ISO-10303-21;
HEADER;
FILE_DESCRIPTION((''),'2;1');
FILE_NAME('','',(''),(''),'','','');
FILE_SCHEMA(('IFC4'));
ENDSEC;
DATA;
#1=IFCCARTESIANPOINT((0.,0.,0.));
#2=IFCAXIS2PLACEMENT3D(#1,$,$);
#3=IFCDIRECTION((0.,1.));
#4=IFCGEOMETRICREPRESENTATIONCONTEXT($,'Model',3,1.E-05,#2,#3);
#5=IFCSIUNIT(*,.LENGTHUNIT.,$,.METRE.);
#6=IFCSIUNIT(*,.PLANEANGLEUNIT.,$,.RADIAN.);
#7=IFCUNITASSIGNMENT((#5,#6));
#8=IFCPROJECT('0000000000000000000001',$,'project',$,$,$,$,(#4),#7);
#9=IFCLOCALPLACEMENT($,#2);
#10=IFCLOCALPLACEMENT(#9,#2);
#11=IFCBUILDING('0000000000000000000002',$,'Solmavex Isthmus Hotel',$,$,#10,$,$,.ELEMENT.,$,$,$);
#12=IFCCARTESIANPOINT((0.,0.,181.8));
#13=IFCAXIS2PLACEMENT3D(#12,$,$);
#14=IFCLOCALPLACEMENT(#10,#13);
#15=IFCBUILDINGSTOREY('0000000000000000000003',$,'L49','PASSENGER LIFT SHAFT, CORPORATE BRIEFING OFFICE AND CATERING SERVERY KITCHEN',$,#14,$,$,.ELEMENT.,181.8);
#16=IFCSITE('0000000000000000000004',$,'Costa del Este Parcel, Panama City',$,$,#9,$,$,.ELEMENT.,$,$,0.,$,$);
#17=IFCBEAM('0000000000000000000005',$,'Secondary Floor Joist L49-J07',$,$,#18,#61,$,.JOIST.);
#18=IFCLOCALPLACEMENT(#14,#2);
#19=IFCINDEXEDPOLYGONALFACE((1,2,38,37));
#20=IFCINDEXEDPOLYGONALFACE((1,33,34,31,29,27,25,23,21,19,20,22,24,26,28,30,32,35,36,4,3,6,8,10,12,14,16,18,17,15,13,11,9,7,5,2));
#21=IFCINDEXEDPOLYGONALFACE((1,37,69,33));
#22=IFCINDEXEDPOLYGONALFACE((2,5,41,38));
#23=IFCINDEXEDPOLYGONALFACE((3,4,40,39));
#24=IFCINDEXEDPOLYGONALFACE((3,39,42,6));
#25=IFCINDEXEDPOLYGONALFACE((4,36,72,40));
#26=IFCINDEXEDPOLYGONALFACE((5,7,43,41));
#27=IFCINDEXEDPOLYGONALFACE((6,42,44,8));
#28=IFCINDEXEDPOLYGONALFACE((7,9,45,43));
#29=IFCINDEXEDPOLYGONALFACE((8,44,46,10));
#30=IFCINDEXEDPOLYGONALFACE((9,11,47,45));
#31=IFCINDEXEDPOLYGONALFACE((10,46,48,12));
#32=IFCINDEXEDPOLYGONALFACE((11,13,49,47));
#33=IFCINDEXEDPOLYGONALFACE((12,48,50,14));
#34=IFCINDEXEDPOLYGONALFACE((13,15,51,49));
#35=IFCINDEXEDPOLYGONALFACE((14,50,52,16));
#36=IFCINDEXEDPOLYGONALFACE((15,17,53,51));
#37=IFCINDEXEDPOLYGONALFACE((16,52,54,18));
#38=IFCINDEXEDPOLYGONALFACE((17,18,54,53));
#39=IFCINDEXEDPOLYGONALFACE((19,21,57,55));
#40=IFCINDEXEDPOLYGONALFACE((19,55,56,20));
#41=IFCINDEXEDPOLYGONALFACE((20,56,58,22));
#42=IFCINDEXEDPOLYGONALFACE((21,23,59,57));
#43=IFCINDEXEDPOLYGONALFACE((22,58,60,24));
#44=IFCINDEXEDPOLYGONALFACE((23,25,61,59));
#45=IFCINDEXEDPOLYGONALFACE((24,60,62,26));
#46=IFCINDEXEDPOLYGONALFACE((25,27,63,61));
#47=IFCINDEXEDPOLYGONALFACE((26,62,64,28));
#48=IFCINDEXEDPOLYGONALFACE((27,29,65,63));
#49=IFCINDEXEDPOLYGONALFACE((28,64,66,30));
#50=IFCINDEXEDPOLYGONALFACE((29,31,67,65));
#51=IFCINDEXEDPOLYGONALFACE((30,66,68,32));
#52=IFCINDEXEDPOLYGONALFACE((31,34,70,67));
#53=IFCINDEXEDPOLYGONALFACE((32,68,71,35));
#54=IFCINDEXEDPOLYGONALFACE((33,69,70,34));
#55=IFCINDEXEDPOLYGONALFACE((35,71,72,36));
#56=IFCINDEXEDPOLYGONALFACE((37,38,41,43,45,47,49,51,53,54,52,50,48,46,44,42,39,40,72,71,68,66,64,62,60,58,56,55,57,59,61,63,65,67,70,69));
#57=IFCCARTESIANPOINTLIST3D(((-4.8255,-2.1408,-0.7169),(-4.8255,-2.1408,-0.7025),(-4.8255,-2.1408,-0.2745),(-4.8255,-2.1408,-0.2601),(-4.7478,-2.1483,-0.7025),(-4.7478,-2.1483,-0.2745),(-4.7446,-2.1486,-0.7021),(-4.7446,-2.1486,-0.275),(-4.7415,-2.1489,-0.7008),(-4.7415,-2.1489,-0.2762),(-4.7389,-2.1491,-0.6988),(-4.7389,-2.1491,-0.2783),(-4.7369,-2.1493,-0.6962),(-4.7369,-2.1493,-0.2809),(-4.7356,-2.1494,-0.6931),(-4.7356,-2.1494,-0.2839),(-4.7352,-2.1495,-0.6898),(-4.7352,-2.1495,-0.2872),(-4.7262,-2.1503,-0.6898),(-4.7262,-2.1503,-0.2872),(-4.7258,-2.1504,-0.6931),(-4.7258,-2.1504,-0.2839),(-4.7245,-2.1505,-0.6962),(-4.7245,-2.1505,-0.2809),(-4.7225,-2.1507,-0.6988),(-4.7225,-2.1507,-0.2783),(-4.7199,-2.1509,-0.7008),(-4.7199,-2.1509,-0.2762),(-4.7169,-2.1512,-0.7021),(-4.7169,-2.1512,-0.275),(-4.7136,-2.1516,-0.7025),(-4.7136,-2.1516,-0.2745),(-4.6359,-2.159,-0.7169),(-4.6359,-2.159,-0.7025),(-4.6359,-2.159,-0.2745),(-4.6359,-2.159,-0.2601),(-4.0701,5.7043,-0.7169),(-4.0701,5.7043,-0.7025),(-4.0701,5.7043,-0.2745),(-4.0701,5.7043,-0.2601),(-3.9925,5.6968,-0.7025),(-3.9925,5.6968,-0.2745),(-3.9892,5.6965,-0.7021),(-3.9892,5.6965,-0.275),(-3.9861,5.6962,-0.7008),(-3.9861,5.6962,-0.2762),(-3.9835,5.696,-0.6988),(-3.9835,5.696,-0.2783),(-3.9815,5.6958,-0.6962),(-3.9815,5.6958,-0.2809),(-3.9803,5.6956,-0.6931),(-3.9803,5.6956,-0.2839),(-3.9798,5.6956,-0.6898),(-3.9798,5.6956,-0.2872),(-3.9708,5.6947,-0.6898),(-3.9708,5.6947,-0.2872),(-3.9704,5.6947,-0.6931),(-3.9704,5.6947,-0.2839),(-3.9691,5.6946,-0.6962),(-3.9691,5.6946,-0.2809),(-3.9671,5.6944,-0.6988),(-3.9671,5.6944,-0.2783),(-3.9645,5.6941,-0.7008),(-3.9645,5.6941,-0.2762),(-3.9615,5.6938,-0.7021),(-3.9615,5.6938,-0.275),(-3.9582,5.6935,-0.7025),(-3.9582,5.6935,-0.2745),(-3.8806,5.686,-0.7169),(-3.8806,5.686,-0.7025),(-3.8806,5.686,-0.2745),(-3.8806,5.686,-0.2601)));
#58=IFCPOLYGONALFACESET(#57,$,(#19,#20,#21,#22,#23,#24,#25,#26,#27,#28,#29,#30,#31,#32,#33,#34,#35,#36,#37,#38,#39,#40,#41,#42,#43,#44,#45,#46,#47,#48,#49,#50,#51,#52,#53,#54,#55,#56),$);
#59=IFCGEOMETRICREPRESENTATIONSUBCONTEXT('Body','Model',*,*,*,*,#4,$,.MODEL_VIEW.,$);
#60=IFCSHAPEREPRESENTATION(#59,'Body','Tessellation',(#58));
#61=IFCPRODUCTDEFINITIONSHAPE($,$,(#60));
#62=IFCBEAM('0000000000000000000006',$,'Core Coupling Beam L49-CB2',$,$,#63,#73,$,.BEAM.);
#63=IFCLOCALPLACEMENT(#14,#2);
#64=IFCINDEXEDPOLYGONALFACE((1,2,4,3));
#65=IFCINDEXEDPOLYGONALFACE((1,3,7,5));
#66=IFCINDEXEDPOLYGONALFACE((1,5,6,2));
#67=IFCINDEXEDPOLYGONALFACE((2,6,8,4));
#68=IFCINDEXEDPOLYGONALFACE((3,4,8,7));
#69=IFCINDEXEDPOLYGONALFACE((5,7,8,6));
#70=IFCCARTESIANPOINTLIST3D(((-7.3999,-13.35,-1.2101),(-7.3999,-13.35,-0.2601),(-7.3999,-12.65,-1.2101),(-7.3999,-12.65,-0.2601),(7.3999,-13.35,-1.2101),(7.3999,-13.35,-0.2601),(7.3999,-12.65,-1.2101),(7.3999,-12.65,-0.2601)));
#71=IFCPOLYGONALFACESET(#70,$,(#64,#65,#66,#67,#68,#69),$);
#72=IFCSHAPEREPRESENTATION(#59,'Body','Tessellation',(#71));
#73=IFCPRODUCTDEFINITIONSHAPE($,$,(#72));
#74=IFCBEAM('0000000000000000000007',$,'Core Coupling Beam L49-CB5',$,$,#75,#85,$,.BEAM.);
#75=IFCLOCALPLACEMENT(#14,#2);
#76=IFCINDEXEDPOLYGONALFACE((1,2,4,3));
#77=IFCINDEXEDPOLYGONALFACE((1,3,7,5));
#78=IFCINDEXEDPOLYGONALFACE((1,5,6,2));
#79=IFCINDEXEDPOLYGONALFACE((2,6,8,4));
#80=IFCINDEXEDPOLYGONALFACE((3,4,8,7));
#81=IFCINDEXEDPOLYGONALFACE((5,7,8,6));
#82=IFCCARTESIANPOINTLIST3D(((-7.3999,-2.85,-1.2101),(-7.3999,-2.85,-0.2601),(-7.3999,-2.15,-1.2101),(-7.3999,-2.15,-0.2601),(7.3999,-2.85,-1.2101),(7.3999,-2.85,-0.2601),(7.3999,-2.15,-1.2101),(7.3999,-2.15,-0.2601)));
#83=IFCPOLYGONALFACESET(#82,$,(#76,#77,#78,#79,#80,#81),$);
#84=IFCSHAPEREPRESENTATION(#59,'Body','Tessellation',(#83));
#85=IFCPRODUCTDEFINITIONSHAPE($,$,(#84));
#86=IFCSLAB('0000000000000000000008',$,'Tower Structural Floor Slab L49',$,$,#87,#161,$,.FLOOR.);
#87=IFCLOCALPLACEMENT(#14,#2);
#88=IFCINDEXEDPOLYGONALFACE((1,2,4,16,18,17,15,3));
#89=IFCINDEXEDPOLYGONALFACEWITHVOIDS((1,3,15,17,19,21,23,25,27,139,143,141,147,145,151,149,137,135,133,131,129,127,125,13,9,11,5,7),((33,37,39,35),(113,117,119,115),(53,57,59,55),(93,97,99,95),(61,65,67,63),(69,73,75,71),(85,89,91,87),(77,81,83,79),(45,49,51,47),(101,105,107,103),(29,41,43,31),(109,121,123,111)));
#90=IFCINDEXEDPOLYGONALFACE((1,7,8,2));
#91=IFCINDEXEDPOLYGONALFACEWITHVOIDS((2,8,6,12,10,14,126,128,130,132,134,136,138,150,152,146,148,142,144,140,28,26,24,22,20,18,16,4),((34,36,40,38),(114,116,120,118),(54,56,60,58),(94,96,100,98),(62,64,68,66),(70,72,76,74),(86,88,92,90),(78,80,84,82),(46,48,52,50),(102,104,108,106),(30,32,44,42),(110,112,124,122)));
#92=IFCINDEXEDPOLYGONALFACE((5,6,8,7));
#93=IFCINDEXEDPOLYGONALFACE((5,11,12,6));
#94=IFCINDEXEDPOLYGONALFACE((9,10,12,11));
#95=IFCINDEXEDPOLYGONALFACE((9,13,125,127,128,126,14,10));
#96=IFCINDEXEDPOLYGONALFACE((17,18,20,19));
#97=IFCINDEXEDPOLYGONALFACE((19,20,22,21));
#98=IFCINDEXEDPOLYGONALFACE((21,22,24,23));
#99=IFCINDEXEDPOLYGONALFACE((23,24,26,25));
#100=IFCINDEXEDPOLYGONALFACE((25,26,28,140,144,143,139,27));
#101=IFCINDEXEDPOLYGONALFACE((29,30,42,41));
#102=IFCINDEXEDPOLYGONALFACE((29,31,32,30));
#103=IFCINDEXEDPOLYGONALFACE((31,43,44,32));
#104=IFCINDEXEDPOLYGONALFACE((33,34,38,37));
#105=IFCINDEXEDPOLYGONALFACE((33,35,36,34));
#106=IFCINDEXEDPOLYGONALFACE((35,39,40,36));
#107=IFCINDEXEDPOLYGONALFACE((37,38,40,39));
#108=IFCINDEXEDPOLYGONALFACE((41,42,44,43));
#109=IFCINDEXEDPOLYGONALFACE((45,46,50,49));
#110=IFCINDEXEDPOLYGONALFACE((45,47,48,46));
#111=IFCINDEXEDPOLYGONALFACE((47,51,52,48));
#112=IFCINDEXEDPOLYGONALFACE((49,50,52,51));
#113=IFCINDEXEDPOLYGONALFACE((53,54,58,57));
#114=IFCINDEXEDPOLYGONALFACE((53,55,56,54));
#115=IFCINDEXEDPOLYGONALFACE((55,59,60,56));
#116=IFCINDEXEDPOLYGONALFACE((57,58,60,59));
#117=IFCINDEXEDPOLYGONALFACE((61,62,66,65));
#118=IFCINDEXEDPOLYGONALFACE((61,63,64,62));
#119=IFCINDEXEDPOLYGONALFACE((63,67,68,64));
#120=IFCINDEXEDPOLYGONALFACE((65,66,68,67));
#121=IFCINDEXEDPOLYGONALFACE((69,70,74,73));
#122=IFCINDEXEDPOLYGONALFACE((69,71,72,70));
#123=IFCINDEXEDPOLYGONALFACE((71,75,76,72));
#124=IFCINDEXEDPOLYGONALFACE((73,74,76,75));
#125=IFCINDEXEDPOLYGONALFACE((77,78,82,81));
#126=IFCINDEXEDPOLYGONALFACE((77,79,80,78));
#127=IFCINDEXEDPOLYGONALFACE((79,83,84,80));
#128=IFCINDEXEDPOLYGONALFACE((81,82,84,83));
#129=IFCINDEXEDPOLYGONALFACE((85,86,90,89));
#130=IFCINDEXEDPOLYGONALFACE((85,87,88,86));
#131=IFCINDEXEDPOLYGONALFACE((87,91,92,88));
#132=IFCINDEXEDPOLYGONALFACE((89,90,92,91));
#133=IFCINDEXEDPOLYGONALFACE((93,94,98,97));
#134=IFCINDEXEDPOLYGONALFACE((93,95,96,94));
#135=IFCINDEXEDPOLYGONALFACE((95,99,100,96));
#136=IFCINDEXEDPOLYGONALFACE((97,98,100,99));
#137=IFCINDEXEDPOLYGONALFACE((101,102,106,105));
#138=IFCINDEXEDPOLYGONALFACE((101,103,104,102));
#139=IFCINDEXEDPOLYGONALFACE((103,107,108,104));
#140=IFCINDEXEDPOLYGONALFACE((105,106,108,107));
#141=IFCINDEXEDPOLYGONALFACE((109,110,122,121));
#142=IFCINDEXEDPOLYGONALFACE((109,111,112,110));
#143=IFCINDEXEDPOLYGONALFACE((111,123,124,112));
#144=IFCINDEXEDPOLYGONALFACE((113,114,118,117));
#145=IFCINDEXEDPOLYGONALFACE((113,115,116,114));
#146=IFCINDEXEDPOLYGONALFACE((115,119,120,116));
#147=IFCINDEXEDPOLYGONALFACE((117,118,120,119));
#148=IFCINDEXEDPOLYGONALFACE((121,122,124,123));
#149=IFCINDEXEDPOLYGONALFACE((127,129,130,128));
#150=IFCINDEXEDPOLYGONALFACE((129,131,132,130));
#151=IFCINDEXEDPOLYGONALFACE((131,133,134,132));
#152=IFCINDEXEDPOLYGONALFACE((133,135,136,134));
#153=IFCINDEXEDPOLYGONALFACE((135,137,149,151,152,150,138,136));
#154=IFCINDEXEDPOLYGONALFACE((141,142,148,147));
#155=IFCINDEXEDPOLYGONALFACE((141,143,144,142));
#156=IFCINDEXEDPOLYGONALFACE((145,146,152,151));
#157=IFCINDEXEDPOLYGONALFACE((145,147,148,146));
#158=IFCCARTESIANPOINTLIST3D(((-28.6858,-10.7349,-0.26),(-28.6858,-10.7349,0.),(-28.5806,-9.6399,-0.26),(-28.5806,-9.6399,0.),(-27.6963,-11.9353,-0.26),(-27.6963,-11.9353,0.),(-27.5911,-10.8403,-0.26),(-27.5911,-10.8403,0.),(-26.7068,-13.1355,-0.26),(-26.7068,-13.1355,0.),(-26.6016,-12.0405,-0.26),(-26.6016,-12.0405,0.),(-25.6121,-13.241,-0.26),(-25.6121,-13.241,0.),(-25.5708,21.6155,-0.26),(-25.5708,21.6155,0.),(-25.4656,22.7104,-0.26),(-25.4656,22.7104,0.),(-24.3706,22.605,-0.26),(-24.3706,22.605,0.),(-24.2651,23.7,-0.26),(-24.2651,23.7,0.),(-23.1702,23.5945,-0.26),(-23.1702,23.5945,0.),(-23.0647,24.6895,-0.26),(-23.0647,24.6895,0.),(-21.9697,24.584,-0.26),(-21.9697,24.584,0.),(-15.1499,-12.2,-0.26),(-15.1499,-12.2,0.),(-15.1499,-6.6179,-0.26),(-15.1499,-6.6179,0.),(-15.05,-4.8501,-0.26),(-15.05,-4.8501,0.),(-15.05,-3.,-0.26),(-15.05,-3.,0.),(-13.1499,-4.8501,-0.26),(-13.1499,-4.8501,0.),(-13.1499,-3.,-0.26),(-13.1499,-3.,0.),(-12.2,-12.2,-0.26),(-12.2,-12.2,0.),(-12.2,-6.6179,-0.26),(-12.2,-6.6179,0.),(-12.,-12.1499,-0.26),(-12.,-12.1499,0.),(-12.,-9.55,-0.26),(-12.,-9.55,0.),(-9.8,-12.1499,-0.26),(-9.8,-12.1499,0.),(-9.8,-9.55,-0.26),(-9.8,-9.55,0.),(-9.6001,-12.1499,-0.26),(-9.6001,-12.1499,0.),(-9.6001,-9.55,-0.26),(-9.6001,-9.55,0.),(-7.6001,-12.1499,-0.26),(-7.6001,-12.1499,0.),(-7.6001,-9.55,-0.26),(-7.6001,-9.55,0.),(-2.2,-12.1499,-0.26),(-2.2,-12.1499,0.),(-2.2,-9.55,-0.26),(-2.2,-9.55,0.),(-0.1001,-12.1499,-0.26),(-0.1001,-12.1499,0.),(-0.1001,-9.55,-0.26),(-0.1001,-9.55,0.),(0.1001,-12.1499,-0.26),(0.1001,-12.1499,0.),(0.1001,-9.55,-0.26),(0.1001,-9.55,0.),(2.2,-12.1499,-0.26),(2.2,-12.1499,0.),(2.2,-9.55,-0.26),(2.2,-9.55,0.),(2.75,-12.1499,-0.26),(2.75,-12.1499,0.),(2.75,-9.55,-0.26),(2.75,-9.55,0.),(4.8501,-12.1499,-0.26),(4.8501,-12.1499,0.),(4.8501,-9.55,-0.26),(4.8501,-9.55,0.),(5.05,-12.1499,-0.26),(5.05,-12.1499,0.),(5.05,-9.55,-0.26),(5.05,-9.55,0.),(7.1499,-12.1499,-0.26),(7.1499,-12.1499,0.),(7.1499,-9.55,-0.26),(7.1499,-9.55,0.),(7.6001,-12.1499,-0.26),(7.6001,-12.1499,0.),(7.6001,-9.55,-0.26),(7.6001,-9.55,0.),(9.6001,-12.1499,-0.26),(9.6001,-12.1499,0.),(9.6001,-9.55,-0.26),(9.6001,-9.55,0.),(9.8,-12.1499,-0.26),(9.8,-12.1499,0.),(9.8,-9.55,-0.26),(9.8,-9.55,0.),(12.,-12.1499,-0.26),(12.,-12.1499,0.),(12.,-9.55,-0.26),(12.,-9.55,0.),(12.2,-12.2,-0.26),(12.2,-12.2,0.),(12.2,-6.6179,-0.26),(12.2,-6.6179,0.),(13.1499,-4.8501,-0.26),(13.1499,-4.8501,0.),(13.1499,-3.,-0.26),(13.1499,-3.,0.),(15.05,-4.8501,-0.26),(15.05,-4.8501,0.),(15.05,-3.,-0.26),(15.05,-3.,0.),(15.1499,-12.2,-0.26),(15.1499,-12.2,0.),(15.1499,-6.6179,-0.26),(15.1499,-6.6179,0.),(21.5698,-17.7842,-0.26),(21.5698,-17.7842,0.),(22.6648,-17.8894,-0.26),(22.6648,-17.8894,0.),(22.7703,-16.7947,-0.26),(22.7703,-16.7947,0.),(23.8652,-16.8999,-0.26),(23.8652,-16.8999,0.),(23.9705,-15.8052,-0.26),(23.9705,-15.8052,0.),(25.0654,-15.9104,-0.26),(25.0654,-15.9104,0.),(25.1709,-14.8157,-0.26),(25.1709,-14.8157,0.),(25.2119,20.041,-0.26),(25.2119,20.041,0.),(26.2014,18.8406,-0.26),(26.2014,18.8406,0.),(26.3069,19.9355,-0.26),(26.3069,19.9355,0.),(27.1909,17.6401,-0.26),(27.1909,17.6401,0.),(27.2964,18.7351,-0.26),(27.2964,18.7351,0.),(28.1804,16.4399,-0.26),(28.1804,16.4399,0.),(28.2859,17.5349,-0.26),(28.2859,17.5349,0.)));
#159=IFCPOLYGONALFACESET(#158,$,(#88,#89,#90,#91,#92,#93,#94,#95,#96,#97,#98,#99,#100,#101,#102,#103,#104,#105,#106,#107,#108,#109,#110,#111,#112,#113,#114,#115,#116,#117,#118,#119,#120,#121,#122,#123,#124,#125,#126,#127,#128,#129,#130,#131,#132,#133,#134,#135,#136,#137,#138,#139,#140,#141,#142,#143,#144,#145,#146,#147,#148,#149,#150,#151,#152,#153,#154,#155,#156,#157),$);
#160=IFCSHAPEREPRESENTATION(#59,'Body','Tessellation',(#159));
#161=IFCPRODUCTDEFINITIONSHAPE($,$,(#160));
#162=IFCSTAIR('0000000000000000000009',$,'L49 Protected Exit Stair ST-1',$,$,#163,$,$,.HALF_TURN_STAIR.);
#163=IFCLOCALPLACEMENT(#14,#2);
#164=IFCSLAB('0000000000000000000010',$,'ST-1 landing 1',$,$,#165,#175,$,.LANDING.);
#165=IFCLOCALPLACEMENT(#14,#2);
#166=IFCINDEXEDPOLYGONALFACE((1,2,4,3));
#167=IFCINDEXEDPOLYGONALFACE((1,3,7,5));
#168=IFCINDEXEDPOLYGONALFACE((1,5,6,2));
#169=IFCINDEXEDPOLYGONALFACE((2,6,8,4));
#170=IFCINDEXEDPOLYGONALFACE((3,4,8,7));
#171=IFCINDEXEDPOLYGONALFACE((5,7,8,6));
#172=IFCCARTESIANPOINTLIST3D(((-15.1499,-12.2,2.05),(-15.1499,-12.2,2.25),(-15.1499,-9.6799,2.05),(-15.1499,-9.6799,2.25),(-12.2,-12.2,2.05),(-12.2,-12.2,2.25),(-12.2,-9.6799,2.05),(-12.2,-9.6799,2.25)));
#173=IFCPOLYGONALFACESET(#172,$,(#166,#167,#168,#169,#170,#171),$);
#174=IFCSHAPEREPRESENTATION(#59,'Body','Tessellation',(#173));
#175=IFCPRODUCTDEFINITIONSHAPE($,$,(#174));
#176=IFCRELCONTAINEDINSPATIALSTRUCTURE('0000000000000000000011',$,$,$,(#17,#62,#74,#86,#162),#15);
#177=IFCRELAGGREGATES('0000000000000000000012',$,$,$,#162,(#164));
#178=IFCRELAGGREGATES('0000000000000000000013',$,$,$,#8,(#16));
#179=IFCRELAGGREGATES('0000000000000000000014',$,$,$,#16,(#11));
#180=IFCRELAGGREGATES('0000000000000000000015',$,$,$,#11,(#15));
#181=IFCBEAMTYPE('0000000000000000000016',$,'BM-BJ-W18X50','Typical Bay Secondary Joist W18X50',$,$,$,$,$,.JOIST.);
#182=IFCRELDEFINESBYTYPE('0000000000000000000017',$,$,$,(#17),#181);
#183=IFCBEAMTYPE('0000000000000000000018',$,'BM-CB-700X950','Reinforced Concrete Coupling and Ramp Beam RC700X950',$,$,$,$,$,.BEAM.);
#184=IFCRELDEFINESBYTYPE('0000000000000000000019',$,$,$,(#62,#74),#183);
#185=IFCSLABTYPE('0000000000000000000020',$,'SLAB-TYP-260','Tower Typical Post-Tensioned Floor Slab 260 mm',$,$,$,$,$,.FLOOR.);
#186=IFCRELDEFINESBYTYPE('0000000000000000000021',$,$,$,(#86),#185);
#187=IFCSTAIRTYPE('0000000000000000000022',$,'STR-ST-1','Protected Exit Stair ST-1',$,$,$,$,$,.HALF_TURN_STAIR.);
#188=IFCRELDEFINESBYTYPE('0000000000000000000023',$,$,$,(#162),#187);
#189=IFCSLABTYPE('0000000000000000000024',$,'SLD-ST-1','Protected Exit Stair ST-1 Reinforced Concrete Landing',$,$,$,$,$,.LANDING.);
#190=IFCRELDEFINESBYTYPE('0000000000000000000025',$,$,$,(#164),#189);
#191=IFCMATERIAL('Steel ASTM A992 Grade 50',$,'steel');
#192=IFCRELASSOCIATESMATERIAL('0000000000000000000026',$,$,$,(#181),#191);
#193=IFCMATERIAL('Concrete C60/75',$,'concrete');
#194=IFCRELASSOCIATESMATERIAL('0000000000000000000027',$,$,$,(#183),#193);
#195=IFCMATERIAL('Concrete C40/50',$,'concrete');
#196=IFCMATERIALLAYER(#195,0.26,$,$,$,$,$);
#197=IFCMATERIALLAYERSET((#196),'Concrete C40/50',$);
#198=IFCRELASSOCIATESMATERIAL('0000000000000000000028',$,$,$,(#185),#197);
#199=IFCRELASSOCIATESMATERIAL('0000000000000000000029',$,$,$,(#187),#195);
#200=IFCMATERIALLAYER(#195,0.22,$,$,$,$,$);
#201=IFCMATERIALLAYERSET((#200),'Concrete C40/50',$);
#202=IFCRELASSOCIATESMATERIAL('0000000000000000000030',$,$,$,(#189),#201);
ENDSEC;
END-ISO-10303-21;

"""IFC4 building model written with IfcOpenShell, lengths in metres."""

from ifc_helpers import new_model, si_unit, direction, frame, origin, origin_2d, place, context, subcontext, project, spatial, polyline, rectangle, i_section, outline, extrude, material, layer, layer_set, material_profile, profile_set, type_object, element, aggregate, save


model = new_model("IFC4")

# Units and contexts
model_context = context("Model", 3, precision=1e-05, world=origin(), true_north=direction((0.0, 1.0)))
body_context = subcontext(model_context, "Body", "Model", "MODEL_VIEW")
ifc_project = project(units=[si_unit("LENGTHUNIT", "METRE"), si_unit("PLANEANGLEUNIT", "RADIAN")], contexts=[model_context])

# Site, building, storey
site_placement = place(None, origin())
site = spatial("IfcSite", under=ifc_project, at=site_placement, Name="Costa del Este Parcel, Panama City", CompositionType="ELEMENT", RefElevation=0.0)
building_placement = place(site_placement, origin())
building = spatial("IfcBuilding", under=site, at=building_placement, Name="Solmavex Isthmus Hotel", CompositionType="ELEMENT")
storey_placement = place(building_placement, frame((0.0, 0.0, 181.8)))
storey = spatial("IfcBuildingStorey", under=building, at=storey_placement, Name="L49", Description="PASSENGER LIFT SHAFT, CORPORATE BRIEFING OFFICE AND CATERING SERVERY KITCHEN", CompositionType="ELEMENT", Elevation=181.8)

# Shared definitions
ifc_material_1 = material(Name="Concrete C60/75", Category="concrete")

# Beams
ifc_material_2 = material(Name="Steel ASTM A992 Grade 50", Category="steel")
ifc_material_profile_1 = material_profile(ifc_material_2, i_section(OverallWidth=0.1904, OverallDepth=0.4568, WebThickness=0.009, FlangeThickness=0.0144, FilletRadius=0.0127, at=origin_2d()), Name="W18X50")
ifc_profile_set_1 = profile_set([ifc_material_profile_1], Name="Steel ASTM A992 Grade 50")
beam_type_1 = type_object("IfcBeamType", Name="BM-BJ-W18X50", Description="Typical Bay Secondary Joist W18X50", PredefinedType="JOIST", material=ifc_profile_set_1)
beam_1_placement = place(storey_placement, frame((-4.7307, -2.1499, -0.4885), z_axis=(0.095844, 0.995396, 0.0), x_axis=(-0.995396, 0.095844, 0.0)))
element("IfcBeam", 1, at=beam_1_placement, inside=storey, type_object=beam_type_1, Name="Secondary Floor Joist L49-J07", PredefinedType="JOIST", context=body_context, shape_type="SweptSolid", body=[
    extrude(i_section(OverallWidth=0.1904, OverallDepth=0.4568, WebThickness=0.009, FlangeThickness=0.0144, FilletRadius=0.0127, at=origin_2d()), origin(), (0.0, 0.0, 1.0), 7.8813),
])
ifc_material_profile_2 = material_profile(ifc_material_1, rectangle(XDim=0.7, YDim=0.95, at=origin_2d()), Name="RC700X950")
ifc_profile_set_2 = profile_set([ifc_material_profile_2], Name="Concrete C60/75")
beam_type_2 = type_object("IfcBeamType", Name="BM-CB-700X950", Description="Reinforced Concrete Coupling and Ramp Beam RC700X950", PredefinedType="BEAM", material=ifc_profile_set_2)
for number, where, z_axis, x_axis, name in (
    (2, (-7.3999, -13.0, -0.7351), (1.0, 0.0, 0.0), (0.0, 1.0, 0.0), "Core Coupling Beam L49-CB2"),
    (3, (-7.3999, -2.5, -0.7351), (1.0, 0.0, 0.0), (0.0, 1.0, 0.0), "Core Coupling Beam L49-CB5"),
):
    element("IfcBeam", number, at=place(storey_placement, frame(where, z_axis=z_axis, x_axis=x_axis)), inside=storey, type_object=beam_type_2, Name=name, PredefinedType="BEAM", context=body_context, shape_type="SweptSolid", body=[
        extrude(rectangle(XDim=0.7, YDim=0.95, at=origin_2d()), origin(), (0.0, 0.0, 1.0), 14.7998),
    ])

# Slab
ifc_material_3 = material(Name="Concrete C40/50", Category="concrete")
ifc_layer_1 = layer(ifc_material_3, 0.26)
ifc_layer_set_1 = layer_set([ifc_layer_1], Name="Concrete C40/50")
slab_type_1 = type_object("IfcSlabType", Name="SLAB-TYP-260", Description="Tower Typical Post-Tensioned Floor Slab 260 mm", PredefinedType="FLOOR", material=ifc_layer_set_1)
slab_1_placement = place(storey_placement, frame((0.0, 0.0, -0.26)))
element("IfcSlab", 4, at=slab_1_placement, inside=storey, type_object=slab_type_1, Name="Tower Structural Floor Slab L49", PredefinedType="FLOOR", context=body_context, shape_type="SweptSolid", body=[
    extrude(outline(polyline([(-25.6121, -13.241), (21.5698, -17.7842), (22.6648, -17.8894), (22.7703, -16.7947), (23.8652, -16.8999), (23.9705, -15.8052), (25.0654, -15.9104), (25.1709, -14.8157), (28.1804, 16.4399), (28.2859, 17.5349), (27.1909, 17.6401), (27.2964, 18.7351), (26.2014, 18.8406), (26.3069, 19.9355), (25.2119, 20.041), (-21.9697, 24.584), (-23.0647, 24.6895), (-23.1702, 23.5945), (-24.2651, 23.7), (-24.3706, 22.605), (-25.4656, 22.7104), (-25.5708, 21.6155), (-28.5806, -9.6399), (-28.6858, -10.7349), (-27.5911, -10.8403), (-27.6963, -11.9353), (-26.6016, -12.0405), (-26.7068, -13.1355), (-25.6121, -13.241)]), holes=[polyline([(-15.1499, -6.6179), (-15.1499, -12.2), (-12.2, -12.2), (-12.2, -6.6179), (-15.1499, -6.6179)]), polyline([(12.2, -6.6179), (12.2, -12.2), (15.1499, -12.2), (15.1499, -6.6179), (12.2, -6.6179)]), polyline([(-12.0, -12.1499), (-9.8, -12.1499), (-9.8, -9.55), (-12.0, -9.55), (-12.0, -12.1499)]), polyline([(9.8, -12.1499), (12.0, -12.1499), (12.0, -9.55), (9.8, -9.55), (9.8, -12.1499)]), polyline([(-9.6001, -12.1499), (-7.6001, -12.1499), (-7.6001, -9.55), (-9.6001, -9.55), (-9.6001, -12.1499)]), polyline([(7.6001, -12.1499), (9.6001, -12.1499), (9.6001, -9.55), (7.6001, -9.55), (7.6001, -12.1499)]), polyline([(-2.2, -12.1499), (-0.1001, -12.1499), (-0.1001, -9.55), (-2.2, -9.55), (-2.2, -12.1499)]), polyline([(0.1001, -12.1499), (2.2, -12.1499), (2.2, -9.55), (0.1001, -9.55), (0.1001, -12.1499)]), polyline([(2.75, -12.1499), (4.8501, -12.1499), (4.8501, -9.55), (2.75, -9.55), (2.75, -12.1499)]), polyline([(5.05, -12.1499), (7.1499, -12.1499), (7.1499, -9.55), (5.05, -9.55), (5.05, -12.1499)]), polyline([(-15.05, -4.8501), (-13.1499, -4.8501), (-13.1499, -3.0), (-15.05, -3.0), (-15.05, -4.8501)]), polyline([(13.1499, -4.8501), (15.05, -4.8501), (15.05, -3.0), (13.1499, -3.0), (13.1499, -4.8501)])]), origin(), (0.0, 0.0, 1.0), 0.26),
])

# Stair, slab
stair_type_1 = type_object("IfcStairType", Name="STR-ST-1", Description="Protected Exit Stair ST-1", PredefinedType="HALF_TURN_STAIR", material=ifc_material_3)
stair_1_placement = place(storey_placement, origin())
stair_1 = element("IfcStair", 5, at=stair_1_placement, inside=storey, type_object=stair_type_1, Name="L49 Protected Exit Stair ST-1", PredefinedType="HALF_TURN_STAIR")
ifc_layer_2 = layer(ifc_material_3, 0.22)
ifc_layer_set_2 = layer_set([ifc_layer_2], Name="Concrete C40/50")
slab_type_2 = type_object("IfcSlabType", Name="SLD-ST-1", Description="Protected Exit Stair ST-1 Reinforced Concrete Landing", PredefinedType="LANDING", material=ifc_layer_set_2)
slab_2_placement = place(storey_placement, frame((0.0, 0.0, 2.05)))
slab_2 = element("IfcSlab", 6, at=slab_2_placement, type_object=slab_type_2, Name="ST-1 landing 1", PredefinedType="LANDING", context=body_context, shape_type="SweptSolid", body=[
    extrude(outline(polyline([(-15.1499, -9.6799), (-15.1499, -12.2), (-12.2, -12.2), (-12.2, -9.6799), (-15.1499, -9.6799)])), origin(), (0.0, 0.0, 1.0), 0.2),
])
aggregate(stair_1, [slab_2])

save(model, "model.ifc")
